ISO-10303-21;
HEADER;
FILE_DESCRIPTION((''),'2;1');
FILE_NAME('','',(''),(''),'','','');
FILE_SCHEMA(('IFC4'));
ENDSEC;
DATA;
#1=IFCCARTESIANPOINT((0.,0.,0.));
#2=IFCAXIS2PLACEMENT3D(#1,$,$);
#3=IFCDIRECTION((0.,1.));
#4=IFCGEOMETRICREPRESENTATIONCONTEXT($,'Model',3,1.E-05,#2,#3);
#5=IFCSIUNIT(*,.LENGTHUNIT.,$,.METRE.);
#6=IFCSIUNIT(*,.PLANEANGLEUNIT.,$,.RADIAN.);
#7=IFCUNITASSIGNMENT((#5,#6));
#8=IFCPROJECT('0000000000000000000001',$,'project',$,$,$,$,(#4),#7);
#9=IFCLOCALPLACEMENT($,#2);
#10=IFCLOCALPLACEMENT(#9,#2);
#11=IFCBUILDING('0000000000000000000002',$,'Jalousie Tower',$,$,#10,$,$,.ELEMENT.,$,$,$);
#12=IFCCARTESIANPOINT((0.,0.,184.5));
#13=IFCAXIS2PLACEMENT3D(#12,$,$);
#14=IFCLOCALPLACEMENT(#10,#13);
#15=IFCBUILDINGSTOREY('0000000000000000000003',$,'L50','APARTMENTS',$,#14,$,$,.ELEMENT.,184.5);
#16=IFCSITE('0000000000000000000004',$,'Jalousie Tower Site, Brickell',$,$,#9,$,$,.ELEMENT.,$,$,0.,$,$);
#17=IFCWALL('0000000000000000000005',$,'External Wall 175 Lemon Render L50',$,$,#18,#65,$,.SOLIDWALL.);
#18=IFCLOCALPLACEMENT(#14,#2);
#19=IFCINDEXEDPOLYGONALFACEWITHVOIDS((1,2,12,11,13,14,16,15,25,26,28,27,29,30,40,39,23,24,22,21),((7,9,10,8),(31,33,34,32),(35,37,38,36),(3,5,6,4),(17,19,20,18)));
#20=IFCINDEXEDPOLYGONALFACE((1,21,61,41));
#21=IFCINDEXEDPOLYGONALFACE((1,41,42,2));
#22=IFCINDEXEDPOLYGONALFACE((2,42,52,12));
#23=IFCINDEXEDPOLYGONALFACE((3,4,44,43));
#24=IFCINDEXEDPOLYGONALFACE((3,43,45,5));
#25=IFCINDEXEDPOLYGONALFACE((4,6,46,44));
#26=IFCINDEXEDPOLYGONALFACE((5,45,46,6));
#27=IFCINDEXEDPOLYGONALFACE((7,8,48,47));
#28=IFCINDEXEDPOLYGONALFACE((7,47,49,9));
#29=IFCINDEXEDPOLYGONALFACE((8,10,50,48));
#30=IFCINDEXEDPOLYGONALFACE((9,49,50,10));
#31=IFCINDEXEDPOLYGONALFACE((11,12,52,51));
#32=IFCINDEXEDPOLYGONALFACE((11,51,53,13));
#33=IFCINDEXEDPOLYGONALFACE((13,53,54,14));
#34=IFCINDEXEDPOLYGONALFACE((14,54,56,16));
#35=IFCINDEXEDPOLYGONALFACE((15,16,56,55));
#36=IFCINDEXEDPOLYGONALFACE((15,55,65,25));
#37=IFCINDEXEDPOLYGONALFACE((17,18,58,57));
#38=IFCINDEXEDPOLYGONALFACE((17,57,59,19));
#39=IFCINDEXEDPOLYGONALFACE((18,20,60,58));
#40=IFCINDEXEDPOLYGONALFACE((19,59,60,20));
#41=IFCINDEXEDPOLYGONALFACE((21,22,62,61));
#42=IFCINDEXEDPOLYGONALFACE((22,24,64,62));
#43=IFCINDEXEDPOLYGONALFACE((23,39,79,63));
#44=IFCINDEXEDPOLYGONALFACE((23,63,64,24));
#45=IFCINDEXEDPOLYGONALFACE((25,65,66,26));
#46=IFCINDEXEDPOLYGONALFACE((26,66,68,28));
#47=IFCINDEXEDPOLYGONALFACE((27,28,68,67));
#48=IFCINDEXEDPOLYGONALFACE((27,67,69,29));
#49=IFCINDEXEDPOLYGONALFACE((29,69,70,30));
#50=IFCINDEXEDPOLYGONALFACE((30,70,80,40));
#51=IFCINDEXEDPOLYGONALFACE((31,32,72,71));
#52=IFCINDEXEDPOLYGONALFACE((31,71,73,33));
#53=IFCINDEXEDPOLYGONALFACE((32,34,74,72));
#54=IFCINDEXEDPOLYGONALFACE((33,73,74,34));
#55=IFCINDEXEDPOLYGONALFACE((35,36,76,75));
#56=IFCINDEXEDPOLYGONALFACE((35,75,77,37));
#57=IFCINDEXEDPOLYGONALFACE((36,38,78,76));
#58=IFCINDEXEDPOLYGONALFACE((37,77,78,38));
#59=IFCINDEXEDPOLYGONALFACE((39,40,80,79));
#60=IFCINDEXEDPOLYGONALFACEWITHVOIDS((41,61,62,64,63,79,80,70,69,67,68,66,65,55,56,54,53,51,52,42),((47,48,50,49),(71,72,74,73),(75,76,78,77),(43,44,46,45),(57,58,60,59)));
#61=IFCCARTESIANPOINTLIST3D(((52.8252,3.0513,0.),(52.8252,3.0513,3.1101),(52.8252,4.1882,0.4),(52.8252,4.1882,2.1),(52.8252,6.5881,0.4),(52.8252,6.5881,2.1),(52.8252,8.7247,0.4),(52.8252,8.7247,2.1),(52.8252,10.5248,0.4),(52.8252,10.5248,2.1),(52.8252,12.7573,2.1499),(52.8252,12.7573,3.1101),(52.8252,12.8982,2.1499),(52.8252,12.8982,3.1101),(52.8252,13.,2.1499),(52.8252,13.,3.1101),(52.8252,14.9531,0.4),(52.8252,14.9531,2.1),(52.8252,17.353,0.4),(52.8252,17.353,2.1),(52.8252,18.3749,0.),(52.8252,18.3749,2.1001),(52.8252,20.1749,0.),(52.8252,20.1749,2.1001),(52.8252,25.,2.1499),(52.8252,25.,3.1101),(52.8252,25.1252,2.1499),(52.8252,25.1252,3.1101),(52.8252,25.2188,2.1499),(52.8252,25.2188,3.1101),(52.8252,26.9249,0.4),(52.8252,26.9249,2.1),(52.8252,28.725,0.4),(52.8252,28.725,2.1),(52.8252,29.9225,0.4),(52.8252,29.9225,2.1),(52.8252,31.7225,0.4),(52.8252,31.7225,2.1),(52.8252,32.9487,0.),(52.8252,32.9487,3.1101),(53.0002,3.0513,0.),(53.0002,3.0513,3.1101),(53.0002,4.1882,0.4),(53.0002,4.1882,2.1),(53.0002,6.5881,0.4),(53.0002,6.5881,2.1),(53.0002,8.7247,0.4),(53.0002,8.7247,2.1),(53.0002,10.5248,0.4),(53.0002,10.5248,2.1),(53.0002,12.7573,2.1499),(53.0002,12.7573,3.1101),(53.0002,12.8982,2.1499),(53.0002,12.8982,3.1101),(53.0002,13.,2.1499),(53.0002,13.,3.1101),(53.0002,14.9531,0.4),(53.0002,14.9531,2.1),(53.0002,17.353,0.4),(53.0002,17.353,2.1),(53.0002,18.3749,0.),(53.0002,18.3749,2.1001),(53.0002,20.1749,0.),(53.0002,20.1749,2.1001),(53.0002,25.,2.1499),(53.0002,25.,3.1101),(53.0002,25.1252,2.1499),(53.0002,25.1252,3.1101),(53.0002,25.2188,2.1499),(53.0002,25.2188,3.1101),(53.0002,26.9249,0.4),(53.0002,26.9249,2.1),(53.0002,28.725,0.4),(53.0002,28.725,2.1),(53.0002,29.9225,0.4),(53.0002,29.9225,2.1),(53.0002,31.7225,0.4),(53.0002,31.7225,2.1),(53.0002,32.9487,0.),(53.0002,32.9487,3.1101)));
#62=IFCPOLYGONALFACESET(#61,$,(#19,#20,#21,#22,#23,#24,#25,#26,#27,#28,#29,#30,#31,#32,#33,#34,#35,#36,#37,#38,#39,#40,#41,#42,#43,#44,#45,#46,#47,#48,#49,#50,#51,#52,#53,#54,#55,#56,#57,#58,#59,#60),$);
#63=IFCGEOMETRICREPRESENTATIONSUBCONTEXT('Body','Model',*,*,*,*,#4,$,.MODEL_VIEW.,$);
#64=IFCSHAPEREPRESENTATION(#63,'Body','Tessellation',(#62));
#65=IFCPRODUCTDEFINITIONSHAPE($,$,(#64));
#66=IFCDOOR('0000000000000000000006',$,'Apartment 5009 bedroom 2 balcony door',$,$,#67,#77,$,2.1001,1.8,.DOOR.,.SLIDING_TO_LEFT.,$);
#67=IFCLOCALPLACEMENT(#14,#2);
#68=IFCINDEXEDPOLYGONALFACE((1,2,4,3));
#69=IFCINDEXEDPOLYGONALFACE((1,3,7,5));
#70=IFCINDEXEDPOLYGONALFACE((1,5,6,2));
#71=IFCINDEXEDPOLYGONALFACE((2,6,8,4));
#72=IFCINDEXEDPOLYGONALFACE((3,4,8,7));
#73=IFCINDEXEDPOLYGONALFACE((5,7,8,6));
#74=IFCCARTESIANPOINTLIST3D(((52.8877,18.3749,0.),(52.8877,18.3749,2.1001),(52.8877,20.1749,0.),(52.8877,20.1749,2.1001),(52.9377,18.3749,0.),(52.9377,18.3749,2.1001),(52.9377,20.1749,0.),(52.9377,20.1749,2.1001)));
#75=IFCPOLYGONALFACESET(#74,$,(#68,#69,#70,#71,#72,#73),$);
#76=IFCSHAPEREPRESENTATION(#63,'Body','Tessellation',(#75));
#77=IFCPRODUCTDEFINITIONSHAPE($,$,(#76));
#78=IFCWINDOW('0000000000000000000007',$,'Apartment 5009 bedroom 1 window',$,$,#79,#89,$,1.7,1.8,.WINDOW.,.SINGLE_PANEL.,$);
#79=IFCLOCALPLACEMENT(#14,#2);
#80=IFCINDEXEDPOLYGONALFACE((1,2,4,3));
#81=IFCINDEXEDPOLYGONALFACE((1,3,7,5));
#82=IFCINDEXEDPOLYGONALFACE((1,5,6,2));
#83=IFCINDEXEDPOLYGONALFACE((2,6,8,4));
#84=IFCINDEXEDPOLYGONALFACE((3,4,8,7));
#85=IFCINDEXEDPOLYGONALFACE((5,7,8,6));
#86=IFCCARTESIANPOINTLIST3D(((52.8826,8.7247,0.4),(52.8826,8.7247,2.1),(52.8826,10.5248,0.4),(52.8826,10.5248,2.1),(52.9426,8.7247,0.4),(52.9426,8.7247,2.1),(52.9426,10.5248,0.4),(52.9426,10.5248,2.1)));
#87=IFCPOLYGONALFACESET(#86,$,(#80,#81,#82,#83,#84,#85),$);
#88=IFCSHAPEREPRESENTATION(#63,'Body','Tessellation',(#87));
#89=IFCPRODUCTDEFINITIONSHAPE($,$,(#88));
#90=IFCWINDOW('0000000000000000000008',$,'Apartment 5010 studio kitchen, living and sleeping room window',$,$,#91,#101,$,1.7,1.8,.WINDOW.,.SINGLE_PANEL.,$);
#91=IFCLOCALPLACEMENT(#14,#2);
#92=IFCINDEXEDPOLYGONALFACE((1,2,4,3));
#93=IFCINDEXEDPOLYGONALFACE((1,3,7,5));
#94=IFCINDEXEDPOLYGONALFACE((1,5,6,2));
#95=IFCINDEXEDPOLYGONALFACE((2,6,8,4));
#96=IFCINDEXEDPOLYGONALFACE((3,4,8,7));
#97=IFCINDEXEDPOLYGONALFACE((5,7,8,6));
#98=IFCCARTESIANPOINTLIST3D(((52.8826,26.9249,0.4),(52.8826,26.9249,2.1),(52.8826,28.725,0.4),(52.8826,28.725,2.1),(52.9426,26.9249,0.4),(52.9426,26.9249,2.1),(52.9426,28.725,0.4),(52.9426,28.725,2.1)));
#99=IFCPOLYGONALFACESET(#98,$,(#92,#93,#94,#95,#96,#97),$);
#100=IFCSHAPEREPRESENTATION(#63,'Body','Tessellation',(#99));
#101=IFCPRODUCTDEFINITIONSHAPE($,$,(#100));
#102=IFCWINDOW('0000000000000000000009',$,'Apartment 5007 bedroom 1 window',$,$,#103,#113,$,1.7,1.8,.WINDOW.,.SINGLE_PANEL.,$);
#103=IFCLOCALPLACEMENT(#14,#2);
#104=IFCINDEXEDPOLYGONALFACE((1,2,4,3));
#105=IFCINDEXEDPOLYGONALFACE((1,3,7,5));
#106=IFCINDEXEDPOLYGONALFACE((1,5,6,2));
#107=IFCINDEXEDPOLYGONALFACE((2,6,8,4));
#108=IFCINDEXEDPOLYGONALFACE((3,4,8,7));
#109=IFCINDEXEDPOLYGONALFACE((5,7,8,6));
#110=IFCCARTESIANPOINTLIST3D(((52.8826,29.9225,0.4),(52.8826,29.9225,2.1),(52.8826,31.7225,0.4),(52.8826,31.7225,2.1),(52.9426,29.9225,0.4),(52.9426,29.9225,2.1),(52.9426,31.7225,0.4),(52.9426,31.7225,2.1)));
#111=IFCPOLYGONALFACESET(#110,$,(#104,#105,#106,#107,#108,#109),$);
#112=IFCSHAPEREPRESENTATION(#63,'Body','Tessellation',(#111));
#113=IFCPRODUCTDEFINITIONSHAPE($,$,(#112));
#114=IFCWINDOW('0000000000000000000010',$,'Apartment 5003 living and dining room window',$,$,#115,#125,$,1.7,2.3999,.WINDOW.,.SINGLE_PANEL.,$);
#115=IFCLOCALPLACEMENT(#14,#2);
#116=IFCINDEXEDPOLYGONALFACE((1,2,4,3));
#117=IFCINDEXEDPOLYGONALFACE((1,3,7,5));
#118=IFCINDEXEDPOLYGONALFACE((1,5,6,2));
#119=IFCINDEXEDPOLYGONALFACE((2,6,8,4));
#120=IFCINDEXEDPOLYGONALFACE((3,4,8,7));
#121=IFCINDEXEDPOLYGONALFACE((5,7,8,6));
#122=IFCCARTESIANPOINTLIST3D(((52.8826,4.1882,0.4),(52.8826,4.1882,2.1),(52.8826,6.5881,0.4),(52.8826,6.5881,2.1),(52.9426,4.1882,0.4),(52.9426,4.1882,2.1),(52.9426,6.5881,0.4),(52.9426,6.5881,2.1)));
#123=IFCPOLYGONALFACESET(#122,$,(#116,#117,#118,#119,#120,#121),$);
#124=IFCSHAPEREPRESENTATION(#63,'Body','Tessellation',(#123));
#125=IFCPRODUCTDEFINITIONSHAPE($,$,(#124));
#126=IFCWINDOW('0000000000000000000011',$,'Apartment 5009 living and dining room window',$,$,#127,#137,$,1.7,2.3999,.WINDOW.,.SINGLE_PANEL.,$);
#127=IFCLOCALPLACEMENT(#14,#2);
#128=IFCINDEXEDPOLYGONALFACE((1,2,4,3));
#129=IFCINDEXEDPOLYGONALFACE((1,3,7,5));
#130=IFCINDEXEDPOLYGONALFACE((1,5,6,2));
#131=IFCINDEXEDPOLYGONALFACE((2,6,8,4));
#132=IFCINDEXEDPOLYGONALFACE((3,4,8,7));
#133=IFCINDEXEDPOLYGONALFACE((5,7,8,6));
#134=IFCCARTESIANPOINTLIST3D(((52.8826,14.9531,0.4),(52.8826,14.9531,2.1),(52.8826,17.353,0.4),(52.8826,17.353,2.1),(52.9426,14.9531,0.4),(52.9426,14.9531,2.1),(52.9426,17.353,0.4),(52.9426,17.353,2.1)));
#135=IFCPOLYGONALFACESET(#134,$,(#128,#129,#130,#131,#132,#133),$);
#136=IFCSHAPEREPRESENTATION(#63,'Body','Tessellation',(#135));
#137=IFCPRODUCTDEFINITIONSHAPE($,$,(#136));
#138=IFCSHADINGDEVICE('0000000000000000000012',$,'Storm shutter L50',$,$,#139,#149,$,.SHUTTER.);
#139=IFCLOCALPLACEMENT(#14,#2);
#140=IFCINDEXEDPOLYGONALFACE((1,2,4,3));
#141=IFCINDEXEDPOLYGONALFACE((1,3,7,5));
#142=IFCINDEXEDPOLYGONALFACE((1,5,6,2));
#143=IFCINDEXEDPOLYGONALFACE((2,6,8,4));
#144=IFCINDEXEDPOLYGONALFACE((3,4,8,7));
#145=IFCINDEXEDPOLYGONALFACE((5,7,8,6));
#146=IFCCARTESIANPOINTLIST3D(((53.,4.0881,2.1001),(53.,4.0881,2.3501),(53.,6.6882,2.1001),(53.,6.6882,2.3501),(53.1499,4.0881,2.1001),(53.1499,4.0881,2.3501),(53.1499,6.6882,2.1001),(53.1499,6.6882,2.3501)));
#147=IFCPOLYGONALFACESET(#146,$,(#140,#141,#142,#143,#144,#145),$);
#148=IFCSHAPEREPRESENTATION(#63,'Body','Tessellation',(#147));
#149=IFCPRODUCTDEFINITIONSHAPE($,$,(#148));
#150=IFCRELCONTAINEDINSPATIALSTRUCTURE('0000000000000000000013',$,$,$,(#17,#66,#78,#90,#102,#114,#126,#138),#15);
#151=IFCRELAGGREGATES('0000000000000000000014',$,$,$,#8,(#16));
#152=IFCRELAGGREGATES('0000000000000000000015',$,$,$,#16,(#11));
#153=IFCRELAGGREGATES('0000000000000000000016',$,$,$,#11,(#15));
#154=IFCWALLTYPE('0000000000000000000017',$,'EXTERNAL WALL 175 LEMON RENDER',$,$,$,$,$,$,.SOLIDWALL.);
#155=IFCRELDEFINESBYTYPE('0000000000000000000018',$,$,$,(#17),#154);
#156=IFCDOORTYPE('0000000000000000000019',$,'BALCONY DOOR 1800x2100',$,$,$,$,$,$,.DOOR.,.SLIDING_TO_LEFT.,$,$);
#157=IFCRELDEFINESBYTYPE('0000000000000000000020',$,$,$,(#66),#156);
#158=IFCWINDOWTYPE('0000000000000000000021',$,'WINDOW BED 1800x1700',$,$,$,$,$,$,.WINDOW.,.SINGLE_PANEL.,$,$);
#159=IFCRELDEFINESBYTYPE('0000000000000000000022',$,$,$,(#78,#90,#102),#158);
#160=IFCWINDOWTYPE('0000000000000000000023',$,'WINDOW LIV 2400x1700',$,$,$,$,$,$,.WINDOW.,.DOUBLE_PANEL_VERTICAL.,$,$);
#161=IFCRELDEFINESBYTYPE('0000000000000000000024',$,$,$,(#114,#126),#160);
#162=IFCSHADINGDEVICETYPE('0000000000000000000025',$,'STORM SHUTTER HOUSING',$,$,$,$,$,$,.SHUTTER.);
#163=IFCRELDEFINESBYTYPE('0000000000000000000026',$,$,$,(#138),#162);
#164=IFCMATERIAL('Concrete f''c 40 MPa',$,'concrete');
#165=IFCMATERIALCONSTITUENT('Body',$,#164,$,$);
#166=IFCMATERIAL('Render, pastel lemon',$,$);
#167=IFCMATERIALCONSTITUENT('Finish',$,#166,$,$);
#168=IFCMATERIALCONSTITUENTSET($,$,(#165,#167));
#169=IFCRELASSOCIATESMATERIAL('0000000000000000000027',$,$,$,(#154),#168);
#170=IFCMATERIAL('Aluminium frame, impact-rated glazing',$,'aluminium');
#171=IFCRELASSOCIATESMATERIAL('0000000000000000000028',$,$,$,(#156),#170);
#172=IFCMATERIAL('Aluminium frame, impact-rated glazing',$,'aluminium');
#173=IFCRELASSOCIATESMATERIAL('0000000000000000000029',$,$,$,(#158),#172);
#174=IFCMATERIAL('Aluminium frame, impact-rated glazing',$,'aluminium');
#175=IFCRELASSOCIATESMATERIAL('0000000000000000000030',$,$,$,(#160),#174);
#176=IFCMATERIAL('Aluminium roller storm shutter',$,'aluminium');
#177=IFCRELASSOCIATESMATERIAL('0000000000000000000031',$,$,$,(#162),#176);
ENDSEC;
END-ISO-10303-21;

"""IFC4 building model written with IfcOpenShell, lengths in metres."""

from ifc_helpers import new_model, si_unit, direction, frame, frame_2d, origin, origin_2d, place, context, subcontext, project, spatial, polyline, rectangle, outline, extrude, material, constituent, constituent_set, type_object, element, fill, save


model = new_model("IFC4")

# Units and contexts
model_context = context("Model", 3, precision=1e-05, world=origin(), true_north=direction((0.0, 1.0)))
body_context = subcontext(model_context, "Body", "Model", "MODEL_VIEW")
ifc_project = project(units=[si_unit("LENGTHUNIT", "METRE"), si_unit("PLANEANGLEUNIT", "RADIAN")], contexts=[model_context])

# Site, building, storey
site_placement = place(None, origin())
site = spatial("IfcSite", under=ifc_project, at=site_placement, Name="Jalousie Tower Site, Brickell", CompositionType="ELEMENT", RefElevation=0.0)
building_placement = place(site_placement, origin())
building = spatial("IfcBuilding", under=site, at=building_placement, Name="Jalousie Tower", CompositionType="ELEMENT")
storey_placement = place(building_placement, frame((0.0, 0.0, 184.5)))
storey = spatial("IfcBuildingStorey", under=building, at=storey_placement, Name="L50", Description="APARTMENTS", CompositionType="ELEMENT", Elevation=184.5)

# Wall, openings, door, windows
ifc_material_1 = material(Name="Concrete f'c 40 MPa", Category="concrete")
ifc_constituent_1 = constituent(ifc_material_1, Name="Body")
ifc_material_2 = material(Name="Render, pastel lemon")
ifc_constituent_2 = constituent(ifc_material_2, Name="Finish")
ifc_constituent_set = constituent_set(constituents=[ifc_constituent_1, ifc_constituent_2])
wall_type = type_object("IfcWallType", Name="EXTERNAL WALL 175 LEMON RENDER", PredefinedType="SOLIDWALL", material=ifc_constituent_set)
wall_placement = place(storey_placement, frame((52.9126, 3.0513, 0.0), z_axis=(0.0, 0.0, 1.0), x_axis=(0.0, 1.0, 0.0)))
wall = element("IfcWall", 1, at=wall_placement, inside=storey, type_object=wall_type, Name="External Wall 175 Lemon Render L50", PredefinedType="SOLIDWALL", context=body_context, shape_type="SweptSolid", body=[
    extrude(outline(polyline([(0.0, 0.0), (29.8975, 0.0), (29.8975, 3.1101), (22.1675, 3.1101), (22.1675, 2.1499), (22.074, 2.1499), (22.074, 3.1101), (21.9487, 3.1101), (21.9487, 2.1499), (9.9487, 2.1499), (9.9487, 3.1101), (9.8469, 3.1101), (9.8469, 2.1499), (9.7061, 2.1499), (9.7061, 3.1101), (0.0, 3.1101), (0.0, 0.0)])), frame((0.0, 0.0874, 0.0), z_axis=(0.0, -1.0, 0.0), x_axis=(1.0, 0.0, 0.0)), (0.0, 0.0, 1.0), 0.175),
])
opening_1_placement = place(wall_placement, frame((1.137, 0.0, 0.3999)))
opening_1 = element("IfcOpeningElement", 2, at=opening_1_placement, cuts=wall, PredefinedType="OPENING", context=body_context, shape_type="SweptSolid", body=[
    extrude(rectangle(XDim=2.3999, YDim=1.7, at=frame_2d((1.2, 0.8501))), frame((0.0, 0.0974, 0.0), z_axis=(0.0, -1.0, 0.0), x_axis=(1.0, 0.0, 0.0)), (0.0, 0.0, 1.0), 0.1951),
])
opening_2_placement = place(wall_placement, frame((5.6736, 0.0, 0.3999)))
opening_2 = element("IfcOpeningElement", 3, at=opening_2_placement, cuts=wall, PredefinedType="OPENING", context=body_context, shape_type="SweptSolid", body=[
    extrude(rectangle(XDim=1.8, YDim=1.7, at=frame_2d((0.8999, 0.8501))), frame((0.0, 0.0974, 0.0), z_axis=(0.0, -1.0, 0.0), x_axis=(1.0, 0.0, 0.0)), (0.0, 0.0, 1.0), 0.1951),
])
opening_3_placement = place(wall_placement, frame((11.9019, 0.0, 0.3999)))
opening_3 = element("IfcOpeningElement", 4, at=opening_3_placement, cuts=wall, PredefinedType="OPENING", context=body_context, shape_type="SweptSolid", body=[
    extrude(rectangle(XDim=2.3999, YDim=1.7, at=frame_2d((1.2, 0.8501))), frame((0.0, 0.0974, 0.0), z_axis=(0.0, -1.0, 0.0), x_axis=(1.0, 0.0, 0.0)), (0.0, 0.0, 1.0), 0.1951),
])
opening_4_placement = place(wall_placement, frame((15.3237, 0.0, 0.0)))
opening_4 = element("IfcOpeningElement", 5, at=opening_4_placement, cuts=wall, PredefinedType="OPENING", context=body_context, shape_type="SweptSolid", body=[
    extrude(rectangle(XDim=1.8, YDim=2.1001, at=frame_2d((0.8999, 1.05))), frame((0.0, 0.0974, 0.0), z_axis=(0.0, -1.0, 0.0), x_axis=(1.0, 0.0, 0.0)), (0.0, 0.0, 1.0), 0.1951),
])
opening_5_placement = place(wall_placement, frame((23.8738, 0.0, 0.3999)))
opening_5 = element("IfcOpeningElement", 6, at=opening_5_placement, cuts=wall, PredefinedType="OPENING", context=body_context, shape_type="SweptSolid", body=[
    extrude(rectangle(XDim=1.8, YDim=1.7, at=frame_2d((0.8999, 0.8501))), frame((0.0, 0.0974, 0.0), z_axis=(0.0, -1.0, 0.0), x_axis=(1.0, 0.0, 0.0)), (0.0, 0.0, 1.0), 0.1951),
])
opening_6_placement = place(wall_placement, frame((26.8713, 0.0, 0.3999)))
opening_6 = element("IfcOpeningElement", 7, at=opening_6_placement, cuts=wall, PredefinedType="OPENING", context=body_context, shape_type="SweptSolid", body=[
    extrude(rectangle(XDim=1.8, YDim=1.7, at=frame_2d((0.8999, 0.8501))), frame((0.0, 0.0974, 0.0), z_axis=(0.0, -1.0, 0.0), x_axis=(1.0, 0.0, 0.0)), (0.0, 0.0, 1.0), 0.1951),
])
ifc_material_3 = material(Name="Aluminium frame, impact-rated glazing", Category="aluminium")
door_type = type_object("IfcDoorType", Name="BALCONY DOOR 1800x2100", OperationType="SLIDING_TO_LEFT", PredefinedType="DOOR", material=ifc_material_3)
door_placement = place(opening_4_placement, origin())
door = element("IfcDoor", 8, at=door_placement, inside=storey, type_object=door_type, Name="Apartment 5009 bedroom 2 balcony door", OperationType="SLIDING_TO_LEFT", OverallHeight=2.1001, OverallWidth=1.8, PredefinedType="DOOR", context=body_context, shape_type="SweptSolid", body=[
    extrude(rectangle(XDim=1.8, YDim=2.1001, at=frame_2d((0.8999, 1.05))), frame((0.0, 0.0249, 0.0), z_axis=(0.0, -1.0, 0.0), x_axis=(1.0, 0.0, 0.0)), (0.0, 0.0, 1.0), 0.05),
])
fill(opening_4, door)
ifc_material_4 = material(Name="Aluminium frame, impact-rated glazing", Category="aluminium")
window_type_1 = type_object("IfcWindowType", Name="WINDOW BED 1800x1700", PartitioningType="SINGLE_PANEL", PredefinedType="WINDOW", material=ifc_material_4)
window_1_placement = place(opening_2_placement, origin())
window_1 = element("IfcWindow", 9, at=window_1_placement, inside=storey, type_object=window_type_1, Name="Apartment 5009 bedroom 1 window", OverallHeight=1.7, OverallWidth=1.8, PartitioningType="SINGLE_PANEL", PredefinedType="WINDOW", context=body_context, shape_type="SweptSolid", body=[
    extrude(rectangle(XDim=1.8, YDim=1.7, at=frame_2d((0.8999, 0.8501))), frame((0.0, 0.03, 0.0), z_axis=(0.0, -1.0, 0.0), x_axis=(1.0, 0.0, 0.0)), (0.0, 0.0, 1.0), 0.0601),
])
fill(opening_2, window_1)
window_2_placement = place(opening_5_placement, origin())
window_2 = element("IfcWindow", 10, at=window_2_placement, inside=storey, type_object=window_type_1, Name="Apartment 5010 studio kitchen, living and sleeping room window", OverallHeight=1.7, OverallWidth=1.8, PartitioningType="SINGLE_PANEL", PredefinedType="WINDOW", context=body_context, shape_type="SweptSolid", body=[
    extrude(rectangle(XDim=1.8, YDim=1.7, at=frame_2d((0.8999, 0.8501))), frame((0.0, 0.03, 0.0), z_axis=(0.0, -1.0, 0.0), x_axis=(1.0, 0.0, 0.0)), (0.0, 0.0, 1.0), 0.0601),
])
fill(opening_5, window_2)
window_3_placement = place(opening_6_placement, origin())
window_3 = element("IfcWindow", 11, at=window_3_placement, inside=storey, type_object=window_type_1, Name="Apartment 5007 bedroom 1 window", OverallHeight=1.7, OverallWidth=1.8, PartitioningType="SINGLE_PANEL", PredefinedType="WINDOW", context=body_context, shape_type="SweptSolid", body=[
    extrude(rectangle(XDim=1.8, YDim=1.7, at=frame_2d((0.8999, 0.8501))), frame((0.0, 0.03, 0.0), z_axis=(0.0, -1.0, 0.0), x_axis=(1.0, 0.0, 0.0)), (0.0, 0.0, 1.0), 0.0601),
])
fill(opening_6, window_3)
ifc_material_5 = material(Name="Aluminium frame, impact-rated glazing", Category="aluminium")
window_type_2 = type_object("IfcWindowType", Name="WINDOW LIV 2400x1700", PartitioningType="DOUBLE_PANEL_VERTICAL", PredefinedType="WINDOW", material=ifc_material_5)
window_4_placement = place(opening_1_placement, origin())
window_4 = element("IfcWindow", 12, at=window_4_placement, inside=storey, type_object=window_type_2, Name="Apartment 5003 living and dining room window", OverallHeight=1.7, OverallWidth=2.3999, PartitioningType="SINGLE_PANEL", PredefinedType="WINDOW", context=body_context, shape_type="SweptSolid", body=[
    extrude(rectangle(XDim=2.3999, YDim=1.7, at=frame_2d((1.2, 0.8501))), frame((0.0, 0.03, 0.0), z_axis=(0.0, -1.0, 0.0), x_axis=(1.0, 0.0, 0.0)), (0.0, 0.0, 1.0), 0.0601),
])
fill(opening_1, window_4)
window_5_placement = place(opening_3_placement, origin())
window_5 = element("IfcWindow", 13, at=window_5_placement, inside=storey, type_object=window_type_2, Name="Apartment 5009 living and dining room window", OverallHeight=1.7, OverallWidth=2.3999, PartitioningType="SINGLE_PANEL", PredefinedType="WINDOW", context=body_context, shape_type="SweptSolid", body=[
    extrude(rectangle(XDim=2.3999, YDim=1.7, at=frame_2d((1.2, 0.8501))), frame((0.0, 0.03, 0.0), z_axis=(0.0, -1.0, 0.0), x_axis=(1.0, 0.0, 0.0)), (0.0, 0.0, 1.0), 0.0601),
])
fill(opening_3, window_5)

# Shading device
ifc_material_6 = material(Name="Aluminium roller storm shutter", Category="aluminium")
shading_device_type = type_object("IfcShadingDeviceType", Name="STORM SHUTTER HOUSING", PredefinedType="SHUTTER", material=ifc_material_6)
shading_device_placement = place(storey_placement, frame((53.075, 5.3882, 2.1001), z_axis=(0.0, 0.0, 1.0), x_axis=(0.0, 1.0, 0.0)))
element("IfcShadingDevice", 14, at=shading_device_placement, inside=storey, type_object=shading_device_type, Name="Storm shutter L50", PredefinedType="SHUTTER", context=body_context, shape_type="SweptSolid", body=[
    extrude(rectangle(XDim=2.6001, YDim=0.1499, at=origin_2d()), origin(), (0.0, 0.0, 1.0), 0.25),
])

save(model, "model.ifc")
